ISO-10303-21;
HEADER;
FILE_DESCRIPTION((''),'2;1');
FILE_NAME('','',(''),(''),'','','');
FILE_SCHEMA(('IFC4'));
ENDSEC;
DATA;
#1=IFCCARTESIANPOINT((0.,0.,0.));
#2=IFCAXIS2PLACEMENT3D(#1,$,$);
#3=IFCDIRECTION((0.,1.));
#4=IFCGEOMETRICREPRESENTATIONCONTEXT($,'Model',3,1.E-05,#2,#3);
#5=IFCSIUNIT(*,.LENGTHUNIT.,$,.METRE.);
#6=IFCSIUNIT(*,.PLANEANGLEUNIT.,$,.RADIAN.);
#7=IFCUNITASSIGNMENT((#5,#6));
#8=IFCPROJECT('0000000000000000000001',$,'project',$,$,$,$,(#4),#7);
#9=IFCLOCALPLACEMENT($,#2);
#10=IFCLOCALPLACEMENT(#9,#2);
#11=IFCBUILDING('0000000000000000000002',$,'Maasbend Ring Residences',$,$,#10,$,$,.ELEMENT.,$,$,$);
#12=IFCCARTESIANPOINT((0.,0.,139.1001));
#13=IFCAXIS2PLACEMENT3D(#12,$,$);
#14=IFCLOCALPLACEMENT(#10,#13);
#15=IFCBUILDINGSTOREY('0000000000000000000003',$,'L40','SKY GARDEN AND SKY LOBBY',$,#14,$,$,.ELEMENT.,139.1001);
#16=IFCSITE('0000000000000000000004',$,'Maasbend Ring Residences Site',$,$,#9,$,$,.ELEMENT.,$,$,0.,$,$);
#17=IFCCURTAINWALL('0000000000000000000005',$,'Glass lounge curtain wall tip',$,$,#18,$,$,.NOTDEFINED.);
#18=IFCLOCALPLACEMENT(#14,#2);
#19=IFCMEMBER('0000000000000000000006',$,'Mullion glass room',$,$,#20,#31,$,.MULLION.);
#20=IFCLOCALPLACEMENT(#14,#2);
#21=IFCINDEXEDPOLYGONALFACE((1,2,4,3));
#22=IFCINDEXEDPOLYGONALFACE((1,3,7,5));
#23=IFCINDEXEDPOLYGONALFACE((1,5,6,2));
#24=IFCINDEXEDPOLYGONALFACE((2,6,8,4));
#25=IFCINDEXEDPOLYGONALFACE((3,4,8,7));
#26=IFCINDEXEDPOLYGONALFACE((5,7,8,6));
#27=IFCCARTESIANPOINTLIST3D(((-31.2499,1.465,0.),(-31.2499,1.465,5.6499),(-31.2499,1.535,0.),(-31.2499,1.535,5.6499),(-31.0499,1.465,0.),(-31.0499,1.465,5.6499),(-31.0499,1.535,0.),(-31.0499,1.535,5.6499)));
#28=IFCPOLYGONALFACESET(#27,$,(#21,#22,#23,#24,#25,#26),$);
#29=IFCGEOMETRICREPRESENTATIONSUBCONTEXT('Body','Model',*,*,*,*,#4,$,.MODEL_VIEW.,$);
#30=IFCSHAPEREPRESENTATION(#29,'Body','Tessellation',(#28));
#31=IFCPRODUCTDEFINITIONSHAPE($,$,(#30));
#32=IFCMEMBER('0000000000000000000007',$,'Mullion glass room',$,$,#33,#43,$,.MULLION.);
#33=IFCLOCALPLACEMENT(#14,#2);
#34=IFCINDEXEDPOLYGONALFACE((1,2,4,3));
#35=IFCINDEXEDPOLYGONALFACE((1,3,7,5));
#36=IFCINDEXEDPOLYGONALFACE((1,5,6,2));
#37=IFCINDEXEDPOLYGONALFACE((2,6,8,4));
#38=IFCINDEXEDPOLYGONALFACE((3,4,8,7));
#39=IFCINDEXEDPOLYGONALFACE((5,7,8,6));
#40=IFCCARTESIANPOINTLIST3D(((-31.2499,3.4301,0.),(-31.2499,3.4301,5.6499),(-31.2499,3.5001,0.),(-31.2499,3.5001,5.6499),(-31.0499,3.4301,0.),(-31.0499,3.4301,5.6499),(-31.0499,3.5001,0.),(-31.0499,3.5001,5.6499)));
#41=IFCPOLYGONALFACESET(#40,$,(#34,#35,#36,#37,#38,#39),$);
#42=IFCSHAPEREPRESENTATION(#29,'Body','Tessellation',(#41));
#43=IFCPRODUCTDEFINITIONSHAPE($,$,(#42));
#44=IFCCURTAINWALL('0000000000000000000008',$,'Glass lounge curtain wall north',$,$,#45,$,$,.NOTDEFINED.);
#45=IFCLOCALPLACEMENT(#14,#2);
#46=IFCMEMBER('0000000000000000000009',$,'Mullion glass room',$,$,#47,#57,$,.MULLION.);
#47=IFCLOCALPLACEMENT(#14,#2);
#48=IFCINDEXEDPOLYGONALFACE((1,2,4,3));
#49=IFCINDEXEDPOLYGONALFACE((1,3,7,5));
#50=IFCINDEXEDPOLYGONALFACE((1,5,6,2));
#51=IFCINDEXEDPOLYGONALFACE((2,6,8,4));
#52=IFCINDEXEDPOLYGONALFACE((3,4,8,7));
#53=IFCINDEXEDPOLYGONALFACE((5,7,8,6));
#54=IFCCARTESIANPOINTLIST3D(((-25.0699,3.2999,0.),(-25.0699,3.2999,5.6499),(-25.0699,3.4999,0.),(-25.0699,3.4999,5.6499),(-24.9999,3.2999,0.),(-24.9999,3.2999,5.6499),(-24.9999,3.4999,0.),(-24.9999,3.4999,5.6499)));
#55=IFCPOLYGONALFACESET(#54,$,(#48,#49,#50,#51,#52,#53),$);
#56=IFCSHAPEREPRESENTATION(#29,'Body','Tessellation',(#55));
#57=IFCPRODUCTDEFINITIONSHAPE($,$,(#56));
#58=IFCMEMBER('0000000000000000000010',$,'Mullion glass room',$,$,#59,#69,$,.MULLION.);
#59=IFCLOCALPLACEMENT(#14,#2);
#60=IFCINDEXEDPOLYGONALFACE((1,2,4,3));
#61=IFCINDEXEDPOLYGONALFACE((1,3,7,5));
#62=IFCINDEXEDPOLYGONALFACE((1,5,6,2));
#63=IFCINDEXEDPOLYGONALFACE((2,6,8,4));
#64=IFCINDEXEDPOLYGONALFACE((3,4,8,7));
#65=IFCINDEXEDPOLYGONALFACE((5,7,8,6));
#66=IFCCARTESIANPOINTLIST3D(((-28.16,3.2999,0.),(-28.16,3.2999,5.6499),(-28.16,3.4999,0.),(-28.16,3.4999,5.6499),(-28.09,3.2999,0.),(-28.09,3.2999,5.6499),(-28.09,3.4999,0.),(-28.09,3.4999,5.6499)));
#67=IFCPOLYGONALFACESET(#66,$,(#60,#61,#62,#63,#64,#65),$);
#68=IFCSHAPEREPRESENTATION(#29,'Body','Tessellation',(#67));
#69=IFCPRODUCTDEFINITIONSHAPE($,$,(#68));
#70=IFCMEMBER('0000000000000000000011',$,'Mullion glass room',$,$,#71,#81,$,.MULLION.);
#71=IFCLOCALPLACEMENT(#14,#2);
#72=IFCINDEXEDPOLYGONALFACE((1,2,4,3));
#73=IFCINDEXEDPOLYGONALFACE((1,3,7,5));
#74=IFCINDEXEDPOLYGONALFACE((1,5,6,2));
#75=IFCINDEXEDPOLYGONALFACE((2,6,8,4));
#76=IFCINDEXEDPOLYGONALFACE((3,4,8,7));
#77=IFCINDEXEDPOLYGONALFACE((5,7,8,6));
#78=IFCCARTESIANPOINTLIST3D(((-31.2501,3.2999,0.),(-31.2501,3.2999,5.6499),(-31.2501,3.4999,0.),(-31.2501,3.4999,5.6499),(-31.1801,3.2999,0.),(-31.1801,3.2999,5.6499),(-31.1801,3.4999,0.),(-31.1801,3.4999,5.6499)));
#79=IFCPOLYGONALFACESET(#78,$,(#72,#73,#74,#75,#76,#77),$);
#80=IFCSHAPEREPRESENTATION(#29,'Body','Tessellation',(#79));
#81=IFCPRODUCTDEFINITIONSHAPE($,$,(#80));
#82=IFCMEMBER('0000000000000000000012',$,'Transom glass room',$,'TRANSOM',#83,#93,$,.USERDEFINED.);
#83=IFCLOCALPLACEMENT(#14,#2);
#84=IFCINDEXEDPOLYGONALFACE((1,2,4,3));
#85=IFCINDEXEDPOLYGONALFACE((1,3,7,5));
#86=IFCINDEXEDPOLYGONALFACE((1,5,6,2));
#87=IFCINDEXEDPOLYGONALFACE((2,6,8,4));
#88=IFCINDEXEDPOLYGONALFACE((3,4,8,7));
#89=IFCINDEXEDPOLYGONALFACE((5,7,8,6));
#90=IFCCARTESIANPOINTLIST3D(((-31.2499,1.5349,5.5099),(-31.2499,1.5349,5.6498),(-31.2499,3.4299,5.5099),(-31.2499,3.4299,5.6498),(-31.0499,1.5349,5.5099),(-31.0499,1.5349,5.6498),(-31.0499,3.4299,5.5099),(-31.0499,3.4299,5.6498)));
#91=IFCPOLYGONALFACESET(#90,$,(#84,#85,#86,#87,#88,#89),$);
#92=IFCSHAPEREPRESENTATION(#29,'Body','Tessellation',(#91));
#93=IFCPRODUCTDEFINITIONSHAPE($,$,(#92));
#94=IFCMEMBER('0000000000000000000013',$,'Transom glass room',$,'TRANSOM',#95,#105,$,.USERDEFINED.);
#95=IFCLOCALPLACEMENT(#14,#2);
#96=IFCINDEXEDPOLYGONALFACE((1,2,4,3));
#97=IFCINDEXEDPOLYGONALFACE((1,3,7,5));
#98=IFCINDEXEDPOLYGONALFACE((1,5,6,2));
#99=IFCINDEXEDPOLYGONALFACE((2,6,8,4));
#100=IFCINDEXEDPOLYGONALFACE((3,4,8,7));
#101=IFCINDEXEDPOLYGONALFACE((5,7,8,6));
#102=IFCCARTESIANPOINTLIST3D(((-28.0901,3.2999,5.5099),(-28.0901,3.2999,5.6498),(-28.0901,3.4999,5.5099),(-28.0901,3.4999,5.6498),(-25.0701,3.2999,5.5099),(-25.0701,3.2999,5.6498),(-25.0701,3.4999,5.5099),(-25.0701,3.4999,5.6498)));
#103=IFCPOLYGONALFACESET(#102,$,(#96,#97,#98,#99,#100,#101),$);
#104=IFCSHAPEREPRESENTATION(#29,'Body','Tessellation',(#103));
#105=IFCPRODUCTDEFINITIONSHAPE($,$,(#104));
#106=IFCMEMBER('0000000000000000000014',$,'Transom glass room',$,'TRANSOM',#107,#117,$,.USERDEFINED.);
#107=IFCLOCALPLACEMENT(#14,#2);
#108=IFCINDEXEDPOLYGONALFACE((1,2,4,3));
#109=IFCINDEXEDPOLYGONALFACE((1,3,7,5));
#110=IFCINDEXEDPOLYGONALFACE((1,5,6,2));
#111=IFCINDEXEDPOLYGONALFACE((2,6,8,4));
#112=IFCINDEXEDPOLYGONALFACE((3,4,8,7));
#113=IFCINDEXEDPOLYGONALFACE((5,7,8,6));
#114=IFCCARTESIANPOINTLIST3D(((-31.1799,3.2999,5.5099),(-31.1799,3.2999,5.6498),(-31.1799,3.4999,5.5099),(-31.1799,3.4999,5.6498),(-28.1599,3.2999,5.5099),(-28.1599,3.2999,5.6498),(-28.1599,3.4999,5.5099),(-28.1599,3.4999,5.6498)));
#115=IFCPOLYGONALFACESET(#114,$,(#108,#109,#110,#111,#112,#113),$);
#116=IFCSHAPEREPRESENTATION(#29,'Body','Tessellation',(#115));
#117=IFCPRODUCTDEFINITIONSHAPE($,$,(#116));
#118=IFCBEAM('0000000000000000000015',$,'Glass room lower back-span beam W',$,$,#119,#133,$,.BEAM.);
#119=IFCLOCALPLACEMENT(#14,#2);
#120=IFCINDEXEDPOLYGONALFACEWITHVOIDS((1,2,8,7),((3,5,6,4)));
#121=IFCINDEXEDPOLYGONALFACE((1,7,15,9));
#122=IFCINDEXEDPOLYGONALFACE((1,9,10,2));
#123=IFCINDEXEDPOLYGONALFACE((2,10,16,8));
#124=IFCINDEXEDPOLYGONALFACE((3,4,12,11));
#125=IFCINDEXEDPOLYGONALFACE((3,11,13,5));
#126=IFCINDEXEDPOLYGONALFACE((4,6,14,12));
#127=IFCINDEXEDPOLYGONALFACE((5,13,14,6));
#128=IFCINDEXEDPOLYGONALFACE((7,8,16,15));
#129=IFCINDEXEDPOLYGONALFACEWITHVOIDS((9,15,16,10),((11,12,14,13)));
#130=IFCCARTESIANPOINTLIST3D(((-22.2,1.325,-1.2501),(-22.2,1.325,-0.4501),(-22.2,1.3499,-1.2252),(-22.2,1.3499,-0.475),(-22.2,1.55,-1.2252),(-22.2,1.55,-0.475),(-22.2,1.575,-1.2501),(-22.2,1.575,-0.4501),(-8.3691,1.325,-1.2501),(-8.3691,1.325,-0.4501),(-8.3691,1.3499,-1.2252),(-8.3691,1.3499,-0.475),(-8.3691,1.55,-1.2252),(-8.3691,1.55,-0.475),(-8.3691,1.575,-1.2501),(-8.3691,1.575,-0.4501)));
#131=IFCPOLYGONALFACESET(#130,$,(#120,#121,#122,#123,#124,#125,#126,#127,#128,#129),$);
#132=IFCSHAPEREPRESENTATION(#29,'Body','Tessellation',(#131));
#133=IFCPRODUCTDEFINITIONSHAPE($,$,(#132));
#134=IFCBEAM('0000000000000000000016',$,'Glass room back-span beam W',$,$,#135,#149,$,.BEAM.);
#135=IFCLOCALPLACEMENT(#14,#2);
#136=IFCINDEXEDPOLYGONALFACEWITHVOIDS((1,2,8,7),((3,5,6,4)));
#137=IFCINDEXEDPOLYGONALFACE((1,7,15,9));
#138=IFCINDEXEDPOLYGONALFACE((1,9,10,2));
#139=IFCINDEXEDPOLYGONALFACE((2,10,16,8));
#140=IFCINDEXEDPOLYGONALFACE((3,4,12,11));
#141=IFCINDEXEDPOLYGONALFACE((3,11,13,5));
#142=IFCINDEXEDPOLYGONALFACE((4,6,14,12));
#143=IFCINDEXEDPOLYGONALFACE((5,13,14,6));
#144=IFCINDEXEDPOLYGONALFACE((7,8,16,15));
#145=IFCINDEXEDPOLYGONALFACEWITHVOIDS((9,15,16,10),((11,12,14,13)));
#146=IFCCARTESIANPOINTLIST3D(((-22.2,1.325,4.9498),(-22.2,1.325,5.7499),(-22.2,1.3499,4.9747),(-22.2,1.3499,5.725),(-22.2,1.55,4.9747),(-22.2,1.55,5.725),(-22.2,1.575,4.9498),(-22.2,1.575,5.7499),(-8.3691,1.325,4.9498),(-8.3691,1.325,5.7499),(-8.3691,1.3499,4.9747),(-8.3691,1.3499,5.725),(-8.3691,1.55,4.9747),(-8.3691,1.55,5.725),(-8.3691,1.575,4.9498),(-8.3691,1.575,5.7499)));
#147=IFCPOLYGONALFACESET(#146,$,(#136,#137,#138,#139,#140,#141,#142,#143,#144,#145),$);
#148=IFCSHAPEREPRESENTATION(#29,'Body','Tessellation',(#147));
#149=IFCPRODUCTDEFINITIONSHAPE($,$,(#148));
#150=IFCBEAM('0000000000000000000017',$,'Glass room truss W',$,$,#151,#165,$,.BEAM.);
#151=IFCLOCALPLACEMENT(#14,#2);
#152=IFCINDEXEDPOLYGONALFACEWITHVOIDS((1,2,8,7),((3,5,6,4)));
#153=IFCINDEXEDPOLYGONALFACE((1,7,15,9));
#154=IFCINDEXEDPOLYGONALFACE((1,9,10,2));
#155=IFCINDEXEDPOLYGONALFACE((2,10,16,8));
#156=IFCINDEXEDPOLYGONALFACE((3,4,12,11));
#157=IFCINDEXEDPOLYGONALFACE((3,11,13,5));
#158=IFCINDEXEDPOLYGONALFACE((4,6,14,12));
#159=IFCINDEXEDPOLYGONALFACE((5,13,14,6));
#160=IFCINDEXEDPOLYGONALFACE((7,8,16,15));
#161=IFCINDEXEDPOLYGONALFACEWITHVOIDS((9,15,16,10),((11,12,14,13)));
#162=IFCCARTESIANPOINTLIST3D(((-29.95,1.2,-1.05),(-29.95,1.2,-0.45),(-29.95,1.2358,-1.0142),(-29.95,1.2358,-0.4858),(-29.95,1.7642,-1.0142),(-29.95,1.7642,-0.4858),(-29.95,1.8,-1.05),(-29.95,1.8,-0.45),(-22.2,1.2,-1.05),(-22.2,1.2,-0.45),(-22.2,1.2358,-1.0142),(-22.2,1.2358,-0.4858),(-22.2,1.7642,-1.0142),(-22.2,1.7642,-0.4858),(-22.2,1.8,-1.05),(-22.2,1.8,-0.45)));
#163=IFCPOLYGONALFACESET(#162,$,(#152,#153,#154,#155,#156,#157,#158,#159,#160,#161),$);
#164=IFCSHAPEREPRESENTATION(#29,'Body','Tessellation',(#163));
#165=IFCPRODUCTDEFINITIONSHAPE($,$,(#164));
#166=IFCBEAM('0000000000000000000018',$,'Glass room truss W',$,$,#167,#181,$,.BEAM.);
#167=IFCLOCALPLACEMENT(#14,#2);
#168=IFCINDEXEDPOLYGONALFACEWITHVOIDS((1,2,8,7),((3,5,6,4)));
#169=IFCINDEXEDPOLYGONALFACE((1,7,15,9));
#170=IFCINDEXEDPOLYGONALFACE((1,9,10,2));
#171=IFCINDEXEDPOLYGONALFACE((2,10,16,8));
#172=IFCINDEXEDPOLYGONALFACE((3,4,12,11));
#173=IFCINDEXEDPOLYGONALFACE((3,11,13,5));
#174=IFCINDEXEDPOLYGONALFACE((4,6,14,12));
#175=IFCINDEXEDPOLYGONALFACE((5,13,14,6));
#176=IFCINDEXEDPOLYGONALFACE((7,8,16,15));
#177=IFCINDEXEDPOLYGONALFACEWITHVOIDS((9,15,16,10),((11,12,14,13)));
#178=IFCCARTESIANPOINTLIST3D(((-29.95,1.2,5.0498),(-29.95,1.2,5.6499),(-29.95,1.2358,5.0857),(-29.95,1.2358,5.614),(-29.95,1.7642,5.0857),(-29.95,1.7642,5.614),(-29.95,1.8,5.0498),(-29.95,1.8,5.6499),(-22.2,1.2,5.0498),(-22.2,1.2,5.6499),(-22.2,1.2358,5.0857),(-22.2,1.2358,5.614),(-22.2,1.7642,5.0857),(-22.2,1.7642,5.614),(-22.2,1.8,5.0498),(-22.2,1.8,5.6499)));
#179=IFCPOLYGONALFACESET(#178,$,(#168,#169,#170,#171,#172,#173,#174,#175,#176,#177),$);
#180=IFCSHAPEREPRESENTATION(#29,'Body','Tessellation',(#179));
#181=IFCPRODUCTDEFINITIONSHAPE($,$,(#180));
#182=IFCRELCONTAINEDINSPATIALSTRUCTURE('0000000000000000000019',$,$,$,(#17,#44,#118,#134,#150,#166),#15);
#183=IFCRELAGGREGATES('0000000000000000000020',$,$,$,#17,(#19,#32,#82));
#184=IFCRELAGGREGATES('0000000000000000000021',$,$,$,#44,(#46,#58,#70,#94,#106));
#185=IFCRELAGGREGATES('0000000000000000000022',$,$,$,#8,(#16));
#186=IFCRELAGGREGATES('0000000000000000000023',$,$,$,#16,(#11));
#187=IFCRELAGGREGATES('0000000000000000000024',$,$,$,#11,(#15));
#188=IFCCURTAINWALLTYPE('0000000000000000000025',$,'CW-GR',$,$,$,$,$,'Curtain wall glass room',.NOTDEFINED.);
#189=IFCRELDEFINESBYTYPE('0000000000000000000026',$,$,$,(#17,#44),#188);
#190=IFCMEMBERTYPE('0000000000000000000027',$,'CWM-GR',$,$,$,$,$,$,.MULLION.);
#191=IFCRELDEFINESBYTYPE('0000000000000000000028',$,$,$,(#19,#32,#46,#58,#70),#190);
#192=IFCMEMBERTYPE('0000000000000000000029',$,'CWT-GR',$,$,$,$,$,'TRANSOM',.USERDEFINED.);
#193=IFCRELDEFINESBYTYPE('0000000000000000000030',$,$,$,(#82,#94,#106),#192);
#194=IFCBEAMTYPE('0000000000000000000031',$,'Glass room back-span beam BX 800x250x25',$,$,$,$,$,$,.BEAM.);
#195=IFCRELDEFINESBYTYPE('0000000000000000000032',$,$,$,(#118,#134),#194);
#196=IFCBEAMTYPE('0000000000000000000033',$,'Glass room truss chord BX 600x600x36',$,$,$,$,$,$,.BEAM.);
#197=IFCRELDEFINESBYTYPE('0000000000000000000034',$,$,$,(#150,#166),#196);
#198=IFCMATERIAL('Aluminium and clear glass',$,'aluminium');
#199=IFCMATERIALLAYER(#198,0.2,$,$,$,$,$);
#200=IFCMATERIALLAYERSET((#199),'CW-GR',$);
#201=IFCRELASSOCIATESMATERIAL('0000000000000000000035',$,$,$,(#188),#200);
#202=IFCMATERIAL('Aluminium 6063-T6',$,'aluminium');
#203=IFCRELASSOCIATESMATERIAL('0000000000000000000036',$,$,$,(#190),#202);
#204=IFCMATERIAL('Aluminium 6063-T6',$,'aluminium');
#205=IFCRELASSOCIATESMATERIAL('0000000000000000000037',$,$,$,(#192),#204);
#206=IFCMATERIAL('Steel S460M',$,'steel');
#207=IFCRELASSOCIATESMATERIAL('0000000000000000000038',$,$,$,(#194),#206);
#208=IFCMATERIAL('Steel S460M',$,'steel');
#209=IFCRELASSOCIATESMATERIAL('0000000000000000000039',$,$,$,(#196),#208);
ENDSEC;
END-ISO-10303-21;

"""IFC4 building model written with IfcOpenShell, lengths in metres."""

from ifc_helpers import new_model, si_unit, direction, frame, origin, origin_2d, place, context, subcontext, project, spatial, rectangle, hollow_rectangle, extrude, material, layer, layer_set, material_profile, profile_set, type_object, element, aggregate, save


model = new_model("IFC4")

# Units and contexts
model_context = context("Model", 3, precision=1e-05, world=origin(), true_north=direction((0.0, 1.0)))
body_context = subcontext(model_context, "Body", "Model", "MODEL_VIEW")
ifc_project = project(units=[si_unit("LENGTHUNIT", "METRE"), si_unit("PLANEANGLEUNIT", "RADIAN")], contexts=[model_context])

# Site, building, storey
site_placement = place(None, origin())
site = spatial("IfcSite", under=ifc_project, at=site_placement, Name="Maasbend Ring Residences Site", CompositionType="ELEMENT", RefElevation=0.0)
building_placement = place(site_placement, origin())
building = spatial("IfcBuilding", under=site, at=building_placement, Name="Maasbend Ring Residences", CompositionType="ELEMENT")
storey_placement = place(building_placement, frame((0.0, 0.0, 139.1001)))
storey = spatial("IfcBuildingStorey", under=building, at=storey_placement, Name="L40", Description="SKY GARDEN AND SKY LOBBY", CompositionType="ELEMENT", Elevation=139.1001)

# Curtain walls, members
ifc_material_1 = material(Name="Aluminium and clear glass", Category="aluminium")
ifc_layer_1 = layer(ifc_material_1, 0.2)
ifc_layer_set_1 = layer_set([ifc_layer_1], Name="CW-GR")
curtain_wall_type = type_object("IfcCurtainWallType", Name="CW-GR", ElementType="Curtain wall glass room", PredefinedType="NOTDEFINED", material=ifc_layer_set_1)
curtain_wall_1_placement = place(storey_placement, origin())
curtain_wall_1 = element("IfcCurtainWall", 1, at=curtain_wall_1_placement, inside=storey, type_object=curtain_wall_type, Name="Glass lounge curtain wall tip", PredefinedType="NOTDEFINED")
ifc_material_2 = material(Name="Aluminium 6063-T6", Category="aluminium")
ifc_material_profile_1 = material_profile(ifc_material_2, rectangle(XDim=0.2, YDim=0.0701, at=origin_2d()), Name="AL 200x70")
ifc_profile_set_1 = profile_set([ifc_material_profile_1], Name="Aluminium 6063-T6")
member_type_1 = type_object("IfcMemberType", Name="CWM-GR", PredefinedType="MULLION", material=ifc_profile_set_1)
member_1_placement = place(storey_placement, frame((-31.1499, 1.5, 0.0), z_axis=(0.0, 0.0, 1.0), x_axis=(-1.0, 0.0, 0.0)))
member_1 = element("IfcMember", 2, at=member_1_placement, type_object=member_type_1, Name="Mullion glass room", PredefinedType="MULLION", context=body_context, shape_type="SweptSolid", body=[
    extrude(rectangle(XDim=0.2, YDim=0.0701, at=origin_2d()), origin(), (0.0, 0.0, 1.0), 5.6499),
])
member_2_placement = place(storey_placement, frame((-31.1499, 3.4651, 0.0), z_axis=(0.0, 0.0, 1.0), x_axis=(-1.0, 0.0, 0.0)))
member_2 = element("IfcMember", 3, at=member_2_placement, type_object=member_type_1, Name="Mullion glass room", PredefinedType="MULLION", context=body_context, shape_type="SweptSolid", body=[
    extrude(rectangle(XDim=0.2, YDim=0.0701, at=origin_2d()), origin(), (0.0, 0.0, 1.0), 5.6499),
])
curtain_wall_2_placement = place(storey_placement, origin())
curtain_wall_2 = element("IfcCurtainWall", 4, at=curtain_wall_2_placement, inside=storey, type_object=curtain_wall_type, Name="Glass lounge curtain wall north", PredefinedType="NOTDEFINED")
member_3_placement = place(storey_placement, frame((-25.0349, 3.3999, 0.0), z_axis=(0.0, 0.0, 1.0), x_axis=(0.0, -1.0, 0.0)))
member_3 = element("IfcMember", 5, at=member_3_placement, type_object=member_type_1, Name="Mullion glass room", PredefinedType="MULLION", context=body_context, shape_type="SweptSolid", body=[
    extrude(rectangle(XDim=0.2, YDim=0.0701, at=origin_2d()), origin(), (0.0, 0.0, 1.0), 5.6499),
])
member_4_placement = place(storey_placement, frame((-28.125, 3.3999, 0.0), z_axis=(0.0, 0.0, 1.0), x_axis=(0.0, -1.0, 0.0)))
member_4 = element("IfcMember", 6, at=member_4_placement, type_object=member_type_1, Name="Mullion glass room", PredefinedType="MULLION", context=body_context, shape_type="SweptSolid", body=[
    extrude(rectangle(XDim=0.2, YDim=0.0701, at=origin_2d()), origin(), (0.0, 0.0, 1.0), 5.6499),
])
member_5_placement = place(storey_placement, frame((-31.2151, 3.3999, 0.0), z_axis=(0.0, 0.0, 1.0), x_axis=(0.0, -1.0, 0.0)))
member_5 = element("IfcMember", 7, at=member_5_placement, type_object=member_type_1, Name="Mullion glass room", PredefinedType="MULLION", context=body_context, shape_type="SweptSolid", body=[
    extrude(rectangle(XDim=0.2, YDim=0.0701, at=origin_2d()), origin(), (0.0, 0.0, 1.0), 5.6499),
])

# Members
ifc_material_3 = material(Name="Aluminium 6063-T6", Category="aluminium")
ifc_material_profile_2 = material_profile(ifc_material_3, rectangle(XDim=0.2, YDim=0.1399, at=origin_2d()), Name="AL 200x140")
ifc_profile_set_2 = profile_set([ifc_material_profile_2], Name="Aluminium 6063-T6")
member_type_2 = type_object("IfcMemberType", Name="CWT-GR", ElementType="TRANSOM", PredefinedType="USERDEFINED", material=ifc_profile_set_2)
member_6_placement = place(storey_placement, frame((-31.1499, 1.5349, 5.5798), z_axis=(0.0, 1.0, 0.0), x_axis=(-1.0, 0.0, 0.0)))
member_6 = element("IfcMember", 8, at=member_6_placement, type_object=member_type_2, Name="Transom glass room", ObjectType="TRANSOM", PredefinedType="USERDEFINED", context=body_context, shape_type="SweptSolid", body=[
    extrude(rectangle(XDim=0.2, YDim=0.1399, at=origin_2d()), origin(), (0.0, 0.0, 1.0), 1.895),
])
member_7_placement = place(storey_placement, frame((-25.0701, 3.3999, 5.5798), z_axis=(-1.0, 0.0, 0.0), x_axis=(0.0, -1.0, 0.0)))
member_7 = element("IfcMember", 9, at=member_7_placement, type_object=member_type_2, Name="Transom glass room", ObjectType="TRANSOM", PredefinedType="USERDEFINED", context=body_context, shape_type="SweptSolid", body=[
    extrude(rectangle(XDim=0.2, YDim=0.1399, at=origin_2d()), origin(), (0.0, 0.0, 1.0), 3.02),
])
member_8_placement = place(storey_placement, frame((-28.1599, 3.3999, 5.5798), z_axis=(-1.0, 0.0, 0.0), x_axis=(0.0, -1.0, 0.0)))
member_8 = element("IfcMember", 10, at=member_8_placement, type_object=member_type_2, Name="Transom glass room", ObjectType="TRANSOM", PredefinedType="USERDEFINED", context=body_context, shape_type="SweptSolid", body=[
    extrude(rectangle(XDim=0.2, YDim=0.1399, at=origin_2d()), origin(), (0.0, 0.0, 1.0), 3.02),
])

# Beams
ifc_material_4 = material(Name="Steel S460M", Category="steel")
ifc_material_profile_3 = material_profile(ifc_material_4, hollow_rectangle(XDim=0.25, YDim=0.8, WallThickness=0.0249, at=origin_2d()), Name="Glass room back-span beam BX 800x250x25")
ifc_profile_set_3 = profile_set([ifc_material_profile_3], Name="Steel S460M")
beam_type_1 = type_object("IfcBeamType", Name="Glass room back-span beam BX 800x250x25", PredefinedType="BEAM", material=ifc_profile_set_3)
for number, where, z_axis, x_axis, name in (
    (11, (-22.2, 1.45, -0.8501), (1.0, 0.0, 0.0), (0.0, 1.0, 0.0), "Glass room lower back-span beam W"),
    (12, (-22.2, 1.45, 5.3499), (1.0, 0.0, 0.0), (0.0, 1.0, 0.0), "Glass room back-span beam W"),
):
    element("IfcBeam", number, at=place(storey_placement, frame(where, z_axis=z_axis, x_axis=x_axis)), inside=storey, type_object=beam_type_1, Name=name, PredefinedType="BEAM", context=body_context, shape_type="SweptSolid", body=[
        extrude(hollow_rectangle(XDim=0.25, YDim=0.8, WallThickness=0.0249, at=origin_2d()), origin(), (0.0, 0.0, 1.0), 13.8308),
    ])
ifc_material_5 = material(Name="Steel S460M", Category="steel")
ifc_material_profile_4 = material_profile(ifc_material_5, hollow_rectangle(XDim=0.6001, YDim=0.6001, WallThickness=0.0359, at=origin_2d()), Name="Glass room truss chord BX 600x600x36")
ifc_profile_set_4 = profile_set([ifc_material_profile_4], Name="Steel S460M")
beam_type_2 = type_object("IfcBeamType", Name="Glass room truss chord BX 600x600x36", PredefinedType="BEAM", material=ifc_profile_set_4)
for number, where, z_axis, x_axis, name in (
    (13, (-22.2, 1.5, -0.75), (-1.0, 0.0, 0.0), (0.0, -1.0, 0.0), "Glass room truss W"),
    (14, (-22.2, 1.5, 5.3499), (-1.0, 0.0, 0.0), (0.0, -1.0, 0.0), "Glass room truss W"),
):
    element("IfcBeam", number, at=place(storey_placement, frame(where, z_axis=z_axis, x_axis=x_axis)), inside=storey, type_object=beam_type_2, Name=name, PredefinedType="BEAM", context=body_context, shape_type="SweptSolid", body=[
        extrude(hollow_rectangle(XDim=0.6001, YDim=0.6001, WallThickness=0.0359, at=origin_2d()), origin(), (0.0, 0.0, 1.0), 7.75),
    ])

aggregate(curtain_wall_1, [member_1, member_2, member_6])
aggregate(curtain_wall_2, [member_3, member_4, member_5, member_7, member_8])

save(model, "model.ifc")
